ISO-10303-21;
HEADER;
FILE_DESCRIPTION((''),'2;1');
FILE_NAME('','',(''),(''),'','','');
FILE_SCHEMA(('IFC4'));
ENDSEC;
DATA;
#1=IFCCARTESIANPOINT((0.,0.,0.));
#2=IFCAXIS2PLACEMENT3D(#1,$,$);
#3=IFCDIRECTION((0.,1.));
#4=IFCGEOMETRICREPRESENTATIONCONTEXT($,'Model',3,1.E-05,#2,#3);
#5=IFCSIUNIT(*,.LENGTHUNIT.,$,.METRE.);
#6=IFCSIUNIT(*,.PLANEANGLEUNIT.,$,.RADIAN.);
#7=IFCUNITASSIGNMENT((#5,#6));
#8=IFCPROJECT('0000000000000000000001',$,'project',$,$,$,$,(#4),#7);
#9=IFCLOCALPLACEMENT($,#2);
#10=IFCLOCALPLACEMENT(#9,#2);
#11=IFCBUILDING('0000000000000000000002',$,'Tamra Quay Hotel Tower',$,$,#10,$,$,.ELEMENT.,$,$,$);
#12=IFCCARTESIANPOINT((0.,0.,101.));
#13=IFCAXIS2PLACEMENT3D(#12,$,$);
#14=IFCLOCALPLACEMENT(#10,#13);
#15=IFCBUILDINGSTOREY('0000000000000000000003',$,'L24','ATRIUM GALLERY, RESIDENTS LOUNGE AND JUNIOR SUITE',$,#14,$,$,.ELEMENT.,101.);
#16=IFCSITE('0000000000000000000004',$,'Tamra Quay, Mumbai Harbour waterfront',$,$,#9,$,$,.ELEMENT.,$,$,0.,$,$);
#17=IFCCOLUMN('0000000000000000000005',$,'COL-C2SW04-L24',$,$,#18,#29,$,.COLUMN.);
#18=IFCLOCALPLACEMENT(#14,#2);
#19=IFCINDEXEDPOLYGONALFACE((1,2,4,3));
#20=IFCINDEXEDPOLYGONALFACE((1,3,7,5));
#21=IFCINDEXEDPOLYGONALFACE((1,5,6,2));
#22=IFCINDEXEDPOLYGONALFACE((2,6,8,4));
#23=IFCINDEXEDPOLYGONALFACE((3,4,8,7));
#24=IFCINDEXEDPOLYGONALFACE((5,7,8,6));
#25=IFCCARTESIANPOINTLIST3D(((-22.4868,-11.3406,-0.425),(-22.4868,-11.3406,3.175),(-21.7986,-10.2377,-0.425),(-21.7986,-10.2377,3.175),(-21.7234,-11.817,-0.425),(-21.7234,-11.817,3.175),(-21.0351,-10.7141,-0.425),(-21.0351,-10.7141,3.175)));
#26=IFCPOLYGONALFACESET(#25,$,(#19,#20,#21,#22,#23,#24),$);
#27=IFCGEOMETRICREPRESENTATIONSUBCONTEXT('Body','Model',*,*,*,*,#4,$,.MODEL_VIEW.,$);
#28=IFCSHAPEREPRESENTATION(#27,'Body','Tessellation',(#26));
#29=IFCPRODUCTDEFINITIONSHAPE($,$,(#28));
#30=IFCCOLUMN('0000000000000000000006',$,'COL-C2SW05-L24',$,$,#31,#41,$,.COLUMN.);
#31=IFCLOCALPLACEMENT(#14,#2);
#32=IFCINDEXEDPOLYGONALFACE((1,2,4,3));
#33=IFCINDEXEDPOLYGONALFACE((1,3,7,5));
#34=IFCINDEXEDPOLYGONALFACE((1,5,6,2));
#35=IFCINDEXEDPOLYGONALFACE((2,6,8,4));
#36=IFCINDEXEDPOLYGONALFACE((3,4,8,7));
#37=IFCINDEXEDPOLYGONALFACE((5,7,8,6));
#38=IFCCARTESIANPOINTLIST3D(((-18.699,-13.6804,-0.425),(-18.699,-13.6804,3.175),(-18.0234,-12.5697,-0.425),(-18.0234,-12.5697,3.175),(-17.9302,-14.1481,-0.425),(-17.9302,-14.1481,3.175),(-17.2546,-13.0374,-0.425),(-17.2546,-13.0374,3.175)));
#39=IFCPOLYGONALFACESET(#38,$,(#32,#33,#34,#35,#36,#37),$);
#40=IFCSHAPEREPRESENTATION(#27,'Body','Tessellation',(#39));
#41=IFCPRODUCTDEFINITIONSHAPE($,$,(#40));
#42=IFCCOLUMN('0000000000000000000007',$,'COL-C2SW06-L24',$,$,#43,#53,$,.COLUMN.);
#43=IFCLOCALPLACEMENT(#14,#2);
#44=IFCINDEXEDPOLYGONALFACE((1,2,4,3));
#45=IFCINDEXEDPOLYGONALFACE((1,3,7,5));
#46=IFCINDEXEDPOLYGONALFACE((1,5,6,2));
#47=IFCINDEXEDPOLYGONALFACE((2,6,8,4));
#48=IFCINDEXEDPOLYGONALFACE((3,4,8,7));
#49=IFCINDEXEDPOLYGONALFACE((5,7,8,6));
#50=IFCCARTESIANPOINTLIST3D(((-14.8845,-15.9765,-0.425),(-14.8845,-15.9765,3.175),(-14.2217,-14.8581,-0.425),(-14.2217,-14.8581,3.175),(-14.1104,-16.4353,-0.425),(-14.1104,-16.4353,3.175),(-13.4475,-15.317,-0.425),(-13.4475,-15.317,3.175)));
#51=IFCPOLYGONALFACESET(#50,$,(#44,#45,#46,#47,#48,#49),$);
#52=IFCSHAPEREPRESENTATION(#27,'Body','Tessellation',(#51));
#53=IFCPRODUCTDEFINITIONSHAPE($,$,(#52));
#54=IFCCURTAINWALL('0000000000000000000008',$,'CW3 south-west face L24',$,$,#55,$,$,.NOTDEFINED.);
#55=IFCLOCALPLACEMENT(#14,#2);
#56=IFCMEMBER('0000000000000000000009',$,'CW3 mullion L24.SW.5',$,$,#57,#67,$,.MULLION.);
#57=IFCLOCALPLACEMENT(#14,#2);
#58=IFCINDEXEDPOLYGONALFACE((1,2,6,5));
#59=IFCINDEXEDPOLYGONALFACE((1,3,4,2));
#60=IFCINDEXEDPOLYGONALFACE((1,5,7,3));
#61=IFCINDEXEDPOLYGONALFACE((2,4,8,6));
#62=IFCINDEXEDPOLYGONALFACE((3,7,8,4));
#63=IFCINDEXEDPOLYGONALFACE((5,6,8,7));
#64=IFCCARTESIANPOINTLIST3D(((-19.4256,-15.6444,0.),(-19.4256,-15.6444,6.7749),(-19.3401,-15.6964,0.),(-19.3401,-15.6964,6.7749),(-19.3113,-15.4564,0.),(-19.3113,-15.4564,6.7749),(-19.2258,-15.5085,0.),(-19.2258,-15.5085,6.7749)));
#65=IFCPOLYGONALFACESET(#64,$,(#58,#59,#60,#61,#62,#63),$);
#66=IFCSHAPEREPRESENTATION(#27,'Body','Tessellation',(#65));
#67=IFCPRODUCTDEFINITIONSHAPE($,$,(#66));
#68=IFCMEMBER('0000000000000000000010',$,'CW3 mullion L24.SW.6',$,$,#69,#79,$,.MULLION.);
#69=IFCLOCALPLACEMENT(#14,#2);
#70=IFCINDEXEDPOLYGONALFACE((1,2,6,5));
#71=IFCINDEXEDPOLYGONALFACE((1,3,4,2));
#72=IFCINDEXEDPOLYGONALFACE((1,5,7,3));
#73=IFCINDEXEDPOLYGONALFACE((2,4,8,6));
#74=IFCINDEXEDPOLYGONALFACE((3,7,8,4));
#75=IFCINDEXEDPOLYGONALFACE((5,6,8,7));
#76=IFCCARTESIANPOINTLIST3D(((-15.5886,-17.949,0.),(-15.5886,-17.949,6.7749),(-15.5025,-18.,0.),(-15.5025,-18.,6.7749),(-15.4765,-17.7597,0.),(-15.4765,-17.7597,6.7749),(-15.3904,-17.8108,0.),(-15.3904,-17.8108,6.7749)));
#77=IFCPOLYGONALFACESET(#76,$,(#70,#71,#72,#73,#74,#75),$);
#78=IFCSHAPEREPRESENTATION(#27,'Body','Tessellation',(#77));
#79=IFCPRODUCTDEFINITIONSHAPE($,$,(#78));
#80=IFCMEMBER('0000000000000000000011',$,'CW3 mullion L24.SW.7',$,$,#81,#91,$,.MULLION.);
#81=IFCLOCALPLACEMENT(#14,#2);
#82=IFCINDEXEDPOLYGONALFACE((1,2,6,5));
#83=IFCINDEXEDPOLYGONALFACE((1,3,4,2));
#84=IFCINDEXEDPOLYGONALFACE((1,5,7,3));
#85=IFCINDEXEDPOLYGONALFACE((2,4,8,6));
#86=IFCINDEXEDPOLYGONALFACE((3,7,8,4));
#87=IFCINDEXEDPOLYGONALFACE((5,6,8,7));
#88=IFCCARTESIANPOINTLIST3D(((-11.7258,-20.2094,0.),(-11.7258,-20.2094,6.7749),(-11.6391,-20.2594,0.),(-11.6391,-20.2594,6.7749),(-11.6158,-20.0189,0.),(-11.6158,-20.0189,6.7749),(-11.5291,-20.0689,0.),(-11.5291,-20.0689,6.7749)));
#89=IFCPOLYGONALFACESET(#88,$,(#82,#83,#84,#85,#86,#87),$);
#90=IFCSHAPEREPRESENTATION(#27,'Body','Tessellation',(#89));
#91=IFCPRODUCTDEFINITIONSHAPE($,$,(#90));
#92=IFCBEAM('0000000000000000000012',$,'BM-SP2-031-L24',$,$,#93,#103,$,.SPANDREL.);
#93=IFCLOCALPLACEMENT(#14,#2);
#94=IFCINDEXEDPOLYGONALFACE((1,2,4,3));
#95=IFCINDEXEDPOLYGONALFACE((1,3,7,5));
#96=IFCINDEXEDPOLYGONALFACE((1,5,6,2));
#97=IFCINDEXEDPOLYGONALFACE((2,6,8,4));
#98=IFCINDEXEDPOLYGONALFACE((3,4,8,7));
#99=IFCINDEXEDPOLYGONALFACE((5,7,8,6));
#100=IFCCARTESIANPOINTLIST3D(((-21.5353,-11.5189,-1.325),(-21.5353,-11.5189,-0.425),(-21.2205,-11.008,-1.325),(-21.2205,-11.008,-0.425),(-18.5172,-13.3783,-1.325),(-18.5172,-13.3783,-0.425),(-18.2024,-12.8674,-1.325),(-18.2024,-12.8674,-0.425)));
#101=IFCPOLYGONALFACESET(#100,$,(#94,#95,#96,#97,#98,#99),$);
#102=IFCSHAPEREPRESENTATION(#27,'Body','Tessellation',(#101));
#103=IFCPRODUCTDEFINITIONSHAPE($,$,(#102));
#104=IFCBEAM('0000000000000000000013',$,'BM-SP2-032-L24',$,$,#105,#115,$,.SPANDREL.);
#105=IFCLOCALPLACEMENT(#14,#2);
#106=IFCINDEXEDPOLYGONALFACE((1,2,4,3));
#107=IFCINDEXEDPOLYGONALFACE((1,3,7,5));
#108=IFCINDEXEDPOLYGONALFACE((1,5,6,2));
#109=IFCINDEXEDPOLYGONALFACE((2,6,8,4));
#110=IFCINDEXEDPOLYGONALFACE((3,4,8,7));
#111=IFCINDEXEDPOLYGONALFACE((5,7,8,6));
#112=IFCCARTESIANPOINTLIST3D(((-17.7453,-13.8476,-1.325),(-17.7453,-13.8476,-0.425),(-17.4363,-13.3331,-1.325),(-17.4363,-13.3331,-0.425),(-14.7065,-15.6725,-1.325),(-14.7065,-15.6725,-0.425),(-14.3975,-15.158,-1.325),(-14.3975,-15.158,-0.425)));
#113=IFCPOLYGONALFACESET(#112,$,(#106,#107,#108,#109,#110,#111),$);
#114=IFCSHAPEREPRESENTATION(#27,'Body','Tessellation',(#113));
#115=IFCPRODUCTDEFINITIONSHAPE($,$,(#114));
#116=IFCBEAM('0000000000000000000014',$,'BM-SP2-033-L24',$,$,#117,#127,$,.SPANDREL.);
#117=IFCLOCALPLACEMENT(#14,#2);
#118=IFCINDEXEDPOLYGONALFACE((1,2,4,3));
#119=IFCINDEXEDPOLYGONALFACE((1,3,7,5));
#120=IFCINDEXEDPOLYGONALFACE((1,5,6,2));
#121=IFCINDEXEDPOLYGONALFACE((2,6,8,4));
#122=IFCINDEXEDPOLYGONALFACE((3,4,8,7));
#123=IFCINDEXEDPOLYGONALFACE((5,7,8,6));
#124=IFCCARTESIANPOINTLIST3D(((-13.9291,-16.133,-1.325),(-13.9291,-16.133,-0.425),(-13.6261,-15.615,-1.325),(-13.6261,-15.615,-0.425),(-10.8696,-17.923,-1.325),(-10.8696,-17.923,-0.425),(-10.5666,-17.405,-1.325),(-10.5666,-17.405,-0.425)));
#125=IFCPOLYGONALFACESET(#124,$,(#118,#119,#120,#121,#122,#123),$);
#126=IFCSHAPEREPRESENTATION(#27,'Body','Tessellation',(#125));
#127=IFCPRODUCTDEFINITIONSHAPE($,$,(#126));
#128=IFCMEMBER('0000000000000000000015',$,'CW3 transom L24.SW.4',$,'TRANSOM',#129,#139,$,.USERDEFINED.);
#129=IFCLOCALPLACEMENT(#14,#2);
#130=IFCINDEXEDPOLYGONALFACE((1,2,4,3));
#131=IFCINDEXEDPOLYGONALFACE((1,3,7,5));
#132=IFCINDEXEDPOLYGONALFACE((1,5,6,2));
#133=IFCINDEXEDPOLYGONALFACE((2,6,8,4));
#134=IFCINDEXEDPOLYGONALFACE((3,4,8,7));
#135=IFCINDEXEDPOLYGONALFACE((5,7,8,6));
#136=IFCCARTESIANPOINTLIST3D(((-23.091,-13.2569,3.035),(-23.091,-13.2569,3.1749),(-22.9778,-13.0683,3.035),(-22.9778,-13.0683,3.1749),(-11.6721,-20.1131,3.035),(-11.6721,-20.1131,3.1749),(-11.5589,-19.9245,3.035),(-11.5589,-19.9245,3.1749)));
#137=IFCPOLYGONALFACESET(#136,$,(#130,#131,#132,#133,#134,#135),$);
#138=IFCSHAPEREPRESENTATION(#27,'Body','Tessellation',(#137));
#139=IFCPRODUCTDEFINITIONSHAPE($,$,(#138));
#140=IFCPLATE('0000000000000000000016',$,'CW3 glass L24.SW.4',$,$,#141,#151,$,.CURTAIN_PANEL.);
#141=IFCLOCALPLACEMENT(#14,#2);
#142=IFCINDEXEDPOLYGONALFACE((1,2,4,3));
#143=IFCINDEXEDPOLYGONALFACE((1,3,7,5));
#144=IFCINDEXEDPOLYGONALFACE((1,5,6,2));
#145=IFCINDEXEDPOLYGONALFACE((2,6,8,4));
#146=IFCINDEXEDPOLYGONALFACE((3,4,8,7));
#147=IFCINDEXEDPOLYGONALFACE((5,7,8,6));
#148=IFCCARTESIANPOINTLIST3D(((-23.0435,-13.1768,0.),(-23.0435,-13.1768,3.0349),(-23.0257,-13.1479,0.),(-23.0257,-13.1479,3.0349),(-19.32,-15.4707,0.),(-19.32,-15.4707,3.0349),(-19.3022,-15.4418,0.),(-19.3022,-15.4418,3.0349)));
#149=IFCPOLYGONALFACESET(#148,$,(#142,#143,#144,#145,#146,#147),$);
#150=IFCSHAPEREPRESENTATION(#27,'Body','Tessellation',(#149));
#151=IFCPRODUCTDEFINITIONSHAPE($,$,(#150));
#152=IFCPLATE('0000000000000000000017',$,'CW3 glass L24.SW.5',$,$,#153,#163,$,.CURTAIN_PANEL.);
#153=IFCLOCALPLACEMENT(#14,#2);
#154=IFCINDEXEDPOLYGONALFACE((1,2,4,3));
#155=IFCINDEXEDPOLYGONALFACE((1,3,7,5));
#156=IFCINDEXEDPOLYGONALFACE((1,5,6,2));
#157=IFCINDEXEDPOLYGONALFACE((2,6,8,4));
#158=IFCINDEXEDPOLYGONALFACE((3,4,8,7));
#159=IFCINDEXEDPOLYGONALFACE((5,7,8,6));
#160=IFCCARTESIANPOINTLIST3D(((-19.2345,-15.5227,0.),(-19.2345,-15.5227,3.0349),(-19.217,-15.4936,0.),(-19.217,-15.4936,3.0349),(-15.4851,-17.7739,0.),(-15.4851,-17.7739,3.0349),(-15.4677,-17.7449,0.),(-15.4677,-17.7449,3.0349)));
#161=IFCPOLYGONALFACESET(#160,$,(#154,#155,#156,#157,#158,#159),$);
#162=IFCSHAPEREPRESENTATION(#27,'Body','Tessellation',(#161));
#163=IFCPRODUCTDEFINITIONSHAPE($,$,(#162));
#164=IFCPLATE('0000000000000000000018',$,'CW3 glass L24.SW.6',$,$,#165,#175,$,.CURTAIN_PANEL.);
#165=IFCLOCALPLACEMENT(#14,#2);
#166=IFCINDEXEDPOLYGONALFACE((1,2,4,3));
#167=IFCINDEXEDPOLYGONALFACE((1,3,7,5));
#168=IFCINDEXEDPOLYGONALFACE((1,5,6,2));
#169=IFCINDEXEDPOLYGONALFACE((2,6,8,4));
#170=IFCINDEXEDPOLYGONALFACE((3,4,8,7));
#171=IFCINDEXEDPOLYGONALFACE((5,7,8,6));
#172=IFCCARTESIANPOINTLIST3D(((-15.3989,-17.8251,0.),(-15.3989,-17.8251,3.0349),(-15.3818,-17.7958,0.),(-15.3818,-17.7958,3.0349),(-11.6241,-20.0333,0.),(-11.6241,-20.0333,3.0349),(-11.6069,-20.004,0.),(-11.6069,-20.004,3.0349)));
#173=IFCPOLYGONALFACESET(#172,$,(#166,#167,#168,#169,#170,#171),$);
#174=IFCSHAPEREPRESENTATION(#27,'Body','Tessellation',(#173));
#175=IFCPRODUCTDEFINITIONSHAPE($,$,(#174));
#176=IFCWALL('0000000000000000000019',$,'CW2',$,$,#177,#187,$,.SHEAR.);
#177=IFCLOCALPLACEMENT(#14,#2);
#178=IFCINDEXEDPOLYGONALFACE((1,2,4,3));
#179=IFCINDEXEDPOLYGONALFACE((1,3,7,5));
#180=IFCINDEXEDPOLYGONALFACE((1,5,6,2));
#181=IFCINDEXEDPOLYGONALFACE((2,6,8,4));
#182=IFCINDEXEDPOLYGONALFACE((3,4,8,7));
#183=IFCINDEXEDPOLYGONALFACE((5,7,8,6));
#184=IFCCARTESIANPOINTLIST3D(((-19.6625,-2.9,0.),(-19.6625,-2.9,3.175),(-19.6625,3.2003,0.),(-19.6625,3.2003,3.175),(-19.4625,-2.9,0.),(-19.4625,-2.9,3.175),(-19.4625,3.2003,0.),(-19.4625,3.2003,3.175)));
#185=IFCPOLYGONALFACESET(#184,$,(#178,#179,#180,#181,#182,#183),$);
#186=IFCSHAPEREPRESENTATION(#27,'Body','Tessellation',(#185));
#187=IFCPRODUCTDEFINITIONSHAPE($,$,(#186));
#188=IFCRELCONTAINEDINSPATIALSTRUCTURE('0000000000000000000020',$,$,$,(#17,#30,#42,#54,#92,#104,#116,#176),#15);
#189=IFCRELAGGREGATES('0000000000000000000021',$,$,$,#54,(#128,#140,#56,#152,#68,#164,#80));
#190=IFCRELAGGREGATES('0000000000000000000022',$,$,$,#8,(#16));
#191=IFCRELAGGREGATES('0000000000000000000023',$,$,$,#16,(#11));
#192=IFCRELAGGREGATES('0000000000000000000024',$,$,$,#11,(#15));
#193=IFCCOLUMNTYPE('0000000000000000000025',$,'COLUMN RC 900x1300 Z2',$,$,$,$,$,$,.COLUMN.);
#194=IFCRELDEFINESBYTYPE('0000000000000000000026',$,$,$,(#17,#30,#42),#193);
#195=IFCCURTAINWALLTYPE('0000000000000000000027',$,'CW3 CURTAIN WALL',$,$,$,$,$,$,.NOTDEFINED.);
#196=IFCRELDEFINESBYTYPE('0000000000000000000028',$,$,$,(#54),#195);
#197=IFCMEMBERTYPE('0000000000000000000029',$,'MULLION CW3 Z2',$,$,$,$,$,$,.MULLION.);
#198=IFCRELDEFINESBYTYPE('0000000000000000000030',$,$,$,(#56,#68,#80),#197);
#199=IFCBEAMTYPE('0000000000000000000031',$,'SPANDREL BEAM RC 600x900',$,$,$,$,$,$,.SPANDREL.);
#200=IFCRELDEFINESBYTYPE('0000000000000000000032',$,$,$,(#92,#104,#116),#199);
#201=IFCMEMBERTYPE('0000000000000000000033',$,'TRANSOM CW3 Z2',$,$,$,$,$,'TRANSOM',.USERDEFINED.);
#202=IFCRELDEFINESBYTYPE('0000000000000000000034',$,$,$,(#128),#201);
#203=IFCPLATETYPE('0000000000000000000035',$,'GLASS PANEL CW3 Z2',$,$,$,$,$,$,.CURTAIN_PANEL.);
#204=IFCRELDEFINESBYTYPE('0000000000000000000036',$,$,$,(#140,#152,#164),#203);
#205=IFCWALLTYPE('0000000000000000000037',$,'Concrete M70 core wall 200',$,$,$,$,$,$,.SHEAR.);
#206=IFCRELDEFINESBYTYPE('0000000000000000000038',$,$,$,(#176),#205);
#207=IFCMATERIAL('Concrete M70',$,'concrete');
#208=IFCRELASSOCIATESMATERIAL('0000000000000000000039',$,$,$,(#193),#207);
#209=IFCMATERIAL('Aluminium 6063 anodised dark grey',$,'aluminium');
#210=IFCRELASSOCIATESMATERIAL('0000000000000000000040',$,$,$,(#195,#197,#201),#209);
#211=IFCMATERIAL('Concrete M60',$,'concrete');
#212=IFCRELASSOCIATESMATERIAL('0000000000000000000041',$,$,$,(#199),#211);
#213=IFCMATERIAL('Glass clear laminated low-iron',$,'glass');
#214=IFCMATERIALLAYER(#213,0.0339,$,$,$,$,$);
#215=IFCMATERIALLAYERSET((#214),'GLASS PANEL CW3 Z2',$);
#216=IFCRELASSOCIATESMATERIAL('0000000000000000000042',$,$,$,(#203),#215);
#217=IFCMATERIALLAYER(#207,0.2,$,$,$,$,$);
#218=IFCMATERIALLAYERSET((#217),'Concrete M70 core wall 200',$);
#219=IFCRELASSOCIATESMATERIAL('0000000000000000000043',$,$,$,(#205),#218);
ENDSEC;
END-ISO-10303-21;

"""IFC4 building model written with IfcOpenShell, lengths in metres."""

from ifc_helpers import new_model, si_unit, direction, frame, frame_2d, origin, origin_2d, place, context, subcontext, project, spatial, rectangle, extrude, material, layer, layer_set, material_profile, profile_set, type_object, element, aggregate, save


model = new_model("IFC4")

# Units and contexts
model_context = context("Model", 3, precision=1e-05, world=origin(), true_north=direction((0.0, 1.0)))
body_context = subcontext(model_context, "Body", "Model", "MODEL_VIEW")
ifc_project = project(units=[si_unit("LENGTHUNIT", "METRE"), si_unit("PLANEANGLEUNIT", "RADIAN")], contexts=[model_context])

# Site, building, storey
site_placement = place(None, origin())
site = spatial("IfcSite", under=ifc_project, at=site_placement, Name="Tamra Quay, Mumbai Harbour waterfront", CompositionType="ELEMENT", RefElevation=0.0)
building_placement = place(site_placement, origin())
building = spatial("IfcBuilding", under=site, at=building_placement, Name="Tamra Quay Hotel Tower", CompositionType="ELEMENT")
storey_placement = place(building_placement, frame((0.0, 0.0, 101.0)))
storey = spatial("IfcBuildingStorey", under=building, at=storey_placement, Name="L24", Description="ATRIUM GALLERY, RESIDENTS LOUNGE AND JUNIOR SUITE", CompositionType="ELEMENT", Elevation=101.0)

# Columns
ifc_material_1 = material(Name="Concrete M70", Category="concrete")
ifc_material_profile_1 = material_profile(ifc_material_1, rectangle(XDim=1.3, YDim=0.8999, at=origin_2d()), Name="COLUMN RC 900x1300 Z2")
ifc_profile_set_1 = profile_set([ifc_material_profile_1], Name="Concrete M70")
column_type = type_object("IfcColumnType", Name="COLUMN RC 900x1300 Z2", PredefinedType="COLUMN", material=ifc_profile_set_1)
for number, where, z_axis, x_axis, name in (
    (1, (-21.761, -11.0273, -0.425), (0.0, 0.0, 1.0), (0.52941, 0.848366, 0.0), "COL-C2SW04-L24"),
    (2, (-17.9768, -13.3589, -0.425), (0.0, 0.0, 1.0), (0.519679, 0.854362, 0.0), "COL-C2SW05-L24"),
    (3, (-14.166, -15.6467, -0.425), (0.0, 0.0, 1.0), (0.509873, 0.860249, 0.0), "COL-C2SW06-L24"),
):
    element("IfcColumn", number, at=place(storey_placement, frame(where, z_axis=z_axis, x_axis=x_axis)), inside=storey, type_object=column_type, Name=name, PredefinedType="COLUMN", context=body_context, shape_type="SweptSolid", body=[
        extrude(rectangle(XDim=1.3, YDim=0.8999, at=origin_2d()), origin(), (0.0, 0.0, 1.0), 3.6001),
    ])

# Curtain wall, members
ifc_material_2 = material(Name="Aluminium 6063 anodised dark grey", Category="aluminium")
curtain_wall_type = type_object("IfcCurtainWallType", Name="CW3 CURTAIN WALL", PredefinedType="NOTDEFINED", material=ifc_material_2)
curtain_wall_placement = place(storey_placement, origin())
curtain_wall = element("IfcCurtainWall", 4, at=curtain_wall_placement, inside=storey, type_object=curtain_wall_type, Name="CW3 south-west face L24", PredefinedType="NOTDEFINED")
ifc_material_profile_2 = material_profile(ifc_material_2, rectangle(XDim=0.22, YDim=0.1001, at=origin_2d()), Name="MULLION 100X220")
ifc_profile_set_2 = profile_set([ifc_material_profile_2], Name="Aluminium 6063 anodised dark grey")
member_type_1 = type_object("IfcMemberType", Name="MULLION CW3 Z2", PredefinedType="MULLION", material=ifc_profile_set_2)
member_1_placement = place(storey_placement, frame((-19.3257, -15.5764, 0.0), z_axis=(0.0, 0.0, 1.0), x_axis=(-0.51965, -0.854379, 0.0)))
member_1 = element("IfcMember", 5, at=member_1_placement, type_object=member_type_1, Name="CW3 mullion L24.SW.5", PredefinedType="MULLION", context=body_context, shape_type="SweptSolid", body=[
    extrude(rectangle(XDim=0.22, YDim=0.1001, at=origin_2d()), origin(), (0.0, 0.0, 1.0), 6.7749),
])
member_2_placement = place(storey_placement, frame((-15.4895, -17.8799, 0.0), z_axis=(0.0, 0.0, 1.0), x_axis=(-0.50986, -0.860257, 0.0)))
member_2 = element("IfcMember", 6, at=member_2_placement, type_object=member_type_1, Name="CW3 mullion L24.SW.6", PredefinedType="MULLION", context=body_context, shape_type="SweptSolid", body=[
    extrude(rectangle(XDim=0.22, YDim=0.1001, at=origin_2d()), origin(), (0.0, 0.0, 1.0), 6.7749),
])
member_3_placement = place(storey_placement, frame((-11.6274, -20.1392, 0.0), z_axis=(0.0, 0.0, 1.0), x_axis=(-0.5, -0.866025, 0.0)))
member_3 = element("IfcMember", 7, at=member_3_placement, type_object=member_type_1, Name="CW3 mullion L24.SW.7", PredefinedType="MULLION", context=body_context, shape_type="SweptSolid", body=[
    extrude(rectangle(XDim=0.22, YDim=0.1001, at=origin_2d()), origin(), (0.0, 0.0, 1.0), 6.7749),
])

# Beams
ifc_material_3 = material(Name="Concrete M60", Category="concrete")
ifc_material_profile_3 = material_profile(ifc_material_3, rectangle(XDim=0.6001, YDim=0.8999, at=origin_2d()), Name="SPANDREL BEAM RC 600x900")
ifc_profile_set_3 = profile_set([ifc_material_profile_3], Name="Concrete M60")
beam_type = type_object("IfcBeamType", Name="SPANDREL BEAM RC 600x900", PredefinedType="SPANDREL", material=ifc_profile_set_3)
beam_placement = place(storey_placement, frame((-21.3779, -11.2634, -0.875), z_axis=(0.851393, -0.524528, 0.0), x_axis=(0.524528, 0.851393, 0.0)))
element("IfcBeam", 8, at=beam_placement, inside=storey, type_object=beam_type, Name="BM-SP2-031-L24", PredefinedType="SPANDREL", context=body_context, shape_type="SweptSolid", body=[
    extrude(rectangle(XDim=0.6001, YDim=0.8999, at=origin_2d()), origin(), (0.0, 0.0, 1.0), 3.5449),
])
for number, where, z_axis, x_axis, name in (
    (9, (-17.5908, -13.5903, -0.875), (0.857286, -0.51484, 0.0), (0.51484, 0.857286, 0.0), "BM-SP2-032-L24"),
    (10, (-13.7776, -15.874, -0.875), (0.863129, -0.504984, 0.0), (0.504984, 0.863129, 0.0), "BM-SP2-033-L24"),
):
    element("IfcBeam", number, at=place(storey_placement, frame(where, z_axis=z_axis, x_axis=x_axis)), inside=storey, type_object=beam_type, Name=name, PredefinedType="SPANDREL", context=body_context, shape_type="SweptSolid", body=[
        extrude(rectangle(XDim=0.6001, YDim=0.8999, at=origin_2d()), origin(), (0.0, 0.0, 1.0), 3.5447),
    ])

# Member
ifc_material_profile_4 = material_profile(ifc_material_2, rectangle(XDim=0.22, YDim=0.1399, at=origin_2d()), Name="TRANSOM 220X140")
ifc_profile_set_4 = profile_set([ifc_material_profile_4], Name="Aluminium 6063 anodised dark grey")
member_type_2 = type_object("IfcMemberType", Name="TRANSOM CW3 Z2", ElementType="TRANSOM", PredefinedType="USERDEFINED", material=ifc_profile_set_4)
member_4_placement = place(storey_placement, frame((-23.0344, -13.1626, 3.105), z_axis=(0.857333, -0.514763, 0.0), x_axis=(0.514763, 0.857333, 0.0)))
member_4 = element("IfcMember", 11, at=member_4_placement, type_object=member_type_2, Name="CW3 transom L24.SW.4", ObjectType="TRANSOM", PredefinedType="USERDEFINED", context=body_context, shape_type="SweptSolid", body=[
    extrude(rectangle(XDim=0.22, YDim=0.1399, at=origin_2d()), origin(), (0.0, 0.0, 1.0), 13.3191),
])

# Plates
ifc_material_4 = material(Name="Glass clear laminated low-iron", Category="glass")
ifc_layer_1 = layer(ifc_material_4, 0.0339)
ifc_layer_set_1 = layer_set([ifc_layer_1], Name="GLASS PANEL CW3 Z2")
plate_type = type_object("IfcPlateType", Name="GLASS PANEL CW3 Z2", PredefinedType="CURTAIN_PANEL", material=ifc_layer_set_1)
plate_1_placement = place(storey_placement, frame((-21.1729, -14.3093, 0.0), z_axis=(0.0, 0.0, 1.0), x_axis=(0.851399, -0.524518, 0.0)))
plate_1 = element("IfcPlate", 12, at=plate_1_placement, type_object=plate_type, Name="CW3 glass L24.SW.4", PredefinedType="CURTAIN_PANEL", context=body_context, shape_type="SweptSolid", body=[
    extrude(rectangle(XDim=4.3733, YDim=0.0339, at=origin_2d()), origin(), (0.0, 0.0, 1.0), 3.0349),
])
plate_2_placement = place(storey_placement, frame((-17.3511, -16.6338, 0.0), z_axis=(0.0, 0.0, 1.0), x_axis=(0.857331, -0.514765, 0.0)))
plate_2 = element("IfcPlate", 13, at=plate_2_placement, type_object=plate_type, Name="CW3 glass L24.SW.5", PredefinedType="CURTAIN_PANEL", context=body_context, shape_type="SweptSolid", body=[
    extrude(rectangle(XDim=4.3733, YDim=0.0339, at=origin_2d()), origin(), (0.0, 0.0, 1.0), 3.0349),
])
plate_3_placement = place(storey_placement, frame((-13.5029, -18.9146, 0.0), z_axis=(0.0, 0.0, 1.0), x_axis=(0.863155, -0.504939, 0.0)))
plate_3 = element("IfcPlate", 14, at=plate_3_placement, type_object=plate_type, Name="CW3 glass L24.SW.6", PredefinedType="CURTAIN_PANEL", context=body_context, shape_type="SweptSolid", body=[
    extrude(rectangle(XDim=4.3733, YDim=0.0339, at=origin_2d()), origin(), (0.0, 0.0, 1.0), 3.0349),
])
aggregate(curtain_wall, [member_4, plate_1, member_1, plate_2, member_2, plate_3, member_3])

# Wall
ifc_layer_2 = layer(ifc_material_1, 0.2)
ifc_layer_set_2 = layer_set([ifc_layer_2], Name="Concrete M70 core wall 200")
wall_type_1 = type_object("IfcWallType", Name="Concrete M70 core wall 200", PredefinedType="SHEAR", material=ifc_layer_set_2)
wall_1_placement = place(storey_placement, frame((-19.5625, -2.9001, 0.0), z_axis=(0.0, 0.0, 1.0), x_axis=(0.0, 1.0, 0.0)))
element("IfcWall", 15, at=wall_1_placement, inside=storey, type_object=wall_type_1, Name="CW2", PredefinedType="SHEAR", context=body_context, shape_type="SweptSolid", body=[
    extrude(rectangle(XDim=6.1003, YDim=0.2, at=frame_2d((3.0503, 0.0))), origin(), (0.0, 0.0, 1.0), 3.175),
])

save(model, "model.ifc")
